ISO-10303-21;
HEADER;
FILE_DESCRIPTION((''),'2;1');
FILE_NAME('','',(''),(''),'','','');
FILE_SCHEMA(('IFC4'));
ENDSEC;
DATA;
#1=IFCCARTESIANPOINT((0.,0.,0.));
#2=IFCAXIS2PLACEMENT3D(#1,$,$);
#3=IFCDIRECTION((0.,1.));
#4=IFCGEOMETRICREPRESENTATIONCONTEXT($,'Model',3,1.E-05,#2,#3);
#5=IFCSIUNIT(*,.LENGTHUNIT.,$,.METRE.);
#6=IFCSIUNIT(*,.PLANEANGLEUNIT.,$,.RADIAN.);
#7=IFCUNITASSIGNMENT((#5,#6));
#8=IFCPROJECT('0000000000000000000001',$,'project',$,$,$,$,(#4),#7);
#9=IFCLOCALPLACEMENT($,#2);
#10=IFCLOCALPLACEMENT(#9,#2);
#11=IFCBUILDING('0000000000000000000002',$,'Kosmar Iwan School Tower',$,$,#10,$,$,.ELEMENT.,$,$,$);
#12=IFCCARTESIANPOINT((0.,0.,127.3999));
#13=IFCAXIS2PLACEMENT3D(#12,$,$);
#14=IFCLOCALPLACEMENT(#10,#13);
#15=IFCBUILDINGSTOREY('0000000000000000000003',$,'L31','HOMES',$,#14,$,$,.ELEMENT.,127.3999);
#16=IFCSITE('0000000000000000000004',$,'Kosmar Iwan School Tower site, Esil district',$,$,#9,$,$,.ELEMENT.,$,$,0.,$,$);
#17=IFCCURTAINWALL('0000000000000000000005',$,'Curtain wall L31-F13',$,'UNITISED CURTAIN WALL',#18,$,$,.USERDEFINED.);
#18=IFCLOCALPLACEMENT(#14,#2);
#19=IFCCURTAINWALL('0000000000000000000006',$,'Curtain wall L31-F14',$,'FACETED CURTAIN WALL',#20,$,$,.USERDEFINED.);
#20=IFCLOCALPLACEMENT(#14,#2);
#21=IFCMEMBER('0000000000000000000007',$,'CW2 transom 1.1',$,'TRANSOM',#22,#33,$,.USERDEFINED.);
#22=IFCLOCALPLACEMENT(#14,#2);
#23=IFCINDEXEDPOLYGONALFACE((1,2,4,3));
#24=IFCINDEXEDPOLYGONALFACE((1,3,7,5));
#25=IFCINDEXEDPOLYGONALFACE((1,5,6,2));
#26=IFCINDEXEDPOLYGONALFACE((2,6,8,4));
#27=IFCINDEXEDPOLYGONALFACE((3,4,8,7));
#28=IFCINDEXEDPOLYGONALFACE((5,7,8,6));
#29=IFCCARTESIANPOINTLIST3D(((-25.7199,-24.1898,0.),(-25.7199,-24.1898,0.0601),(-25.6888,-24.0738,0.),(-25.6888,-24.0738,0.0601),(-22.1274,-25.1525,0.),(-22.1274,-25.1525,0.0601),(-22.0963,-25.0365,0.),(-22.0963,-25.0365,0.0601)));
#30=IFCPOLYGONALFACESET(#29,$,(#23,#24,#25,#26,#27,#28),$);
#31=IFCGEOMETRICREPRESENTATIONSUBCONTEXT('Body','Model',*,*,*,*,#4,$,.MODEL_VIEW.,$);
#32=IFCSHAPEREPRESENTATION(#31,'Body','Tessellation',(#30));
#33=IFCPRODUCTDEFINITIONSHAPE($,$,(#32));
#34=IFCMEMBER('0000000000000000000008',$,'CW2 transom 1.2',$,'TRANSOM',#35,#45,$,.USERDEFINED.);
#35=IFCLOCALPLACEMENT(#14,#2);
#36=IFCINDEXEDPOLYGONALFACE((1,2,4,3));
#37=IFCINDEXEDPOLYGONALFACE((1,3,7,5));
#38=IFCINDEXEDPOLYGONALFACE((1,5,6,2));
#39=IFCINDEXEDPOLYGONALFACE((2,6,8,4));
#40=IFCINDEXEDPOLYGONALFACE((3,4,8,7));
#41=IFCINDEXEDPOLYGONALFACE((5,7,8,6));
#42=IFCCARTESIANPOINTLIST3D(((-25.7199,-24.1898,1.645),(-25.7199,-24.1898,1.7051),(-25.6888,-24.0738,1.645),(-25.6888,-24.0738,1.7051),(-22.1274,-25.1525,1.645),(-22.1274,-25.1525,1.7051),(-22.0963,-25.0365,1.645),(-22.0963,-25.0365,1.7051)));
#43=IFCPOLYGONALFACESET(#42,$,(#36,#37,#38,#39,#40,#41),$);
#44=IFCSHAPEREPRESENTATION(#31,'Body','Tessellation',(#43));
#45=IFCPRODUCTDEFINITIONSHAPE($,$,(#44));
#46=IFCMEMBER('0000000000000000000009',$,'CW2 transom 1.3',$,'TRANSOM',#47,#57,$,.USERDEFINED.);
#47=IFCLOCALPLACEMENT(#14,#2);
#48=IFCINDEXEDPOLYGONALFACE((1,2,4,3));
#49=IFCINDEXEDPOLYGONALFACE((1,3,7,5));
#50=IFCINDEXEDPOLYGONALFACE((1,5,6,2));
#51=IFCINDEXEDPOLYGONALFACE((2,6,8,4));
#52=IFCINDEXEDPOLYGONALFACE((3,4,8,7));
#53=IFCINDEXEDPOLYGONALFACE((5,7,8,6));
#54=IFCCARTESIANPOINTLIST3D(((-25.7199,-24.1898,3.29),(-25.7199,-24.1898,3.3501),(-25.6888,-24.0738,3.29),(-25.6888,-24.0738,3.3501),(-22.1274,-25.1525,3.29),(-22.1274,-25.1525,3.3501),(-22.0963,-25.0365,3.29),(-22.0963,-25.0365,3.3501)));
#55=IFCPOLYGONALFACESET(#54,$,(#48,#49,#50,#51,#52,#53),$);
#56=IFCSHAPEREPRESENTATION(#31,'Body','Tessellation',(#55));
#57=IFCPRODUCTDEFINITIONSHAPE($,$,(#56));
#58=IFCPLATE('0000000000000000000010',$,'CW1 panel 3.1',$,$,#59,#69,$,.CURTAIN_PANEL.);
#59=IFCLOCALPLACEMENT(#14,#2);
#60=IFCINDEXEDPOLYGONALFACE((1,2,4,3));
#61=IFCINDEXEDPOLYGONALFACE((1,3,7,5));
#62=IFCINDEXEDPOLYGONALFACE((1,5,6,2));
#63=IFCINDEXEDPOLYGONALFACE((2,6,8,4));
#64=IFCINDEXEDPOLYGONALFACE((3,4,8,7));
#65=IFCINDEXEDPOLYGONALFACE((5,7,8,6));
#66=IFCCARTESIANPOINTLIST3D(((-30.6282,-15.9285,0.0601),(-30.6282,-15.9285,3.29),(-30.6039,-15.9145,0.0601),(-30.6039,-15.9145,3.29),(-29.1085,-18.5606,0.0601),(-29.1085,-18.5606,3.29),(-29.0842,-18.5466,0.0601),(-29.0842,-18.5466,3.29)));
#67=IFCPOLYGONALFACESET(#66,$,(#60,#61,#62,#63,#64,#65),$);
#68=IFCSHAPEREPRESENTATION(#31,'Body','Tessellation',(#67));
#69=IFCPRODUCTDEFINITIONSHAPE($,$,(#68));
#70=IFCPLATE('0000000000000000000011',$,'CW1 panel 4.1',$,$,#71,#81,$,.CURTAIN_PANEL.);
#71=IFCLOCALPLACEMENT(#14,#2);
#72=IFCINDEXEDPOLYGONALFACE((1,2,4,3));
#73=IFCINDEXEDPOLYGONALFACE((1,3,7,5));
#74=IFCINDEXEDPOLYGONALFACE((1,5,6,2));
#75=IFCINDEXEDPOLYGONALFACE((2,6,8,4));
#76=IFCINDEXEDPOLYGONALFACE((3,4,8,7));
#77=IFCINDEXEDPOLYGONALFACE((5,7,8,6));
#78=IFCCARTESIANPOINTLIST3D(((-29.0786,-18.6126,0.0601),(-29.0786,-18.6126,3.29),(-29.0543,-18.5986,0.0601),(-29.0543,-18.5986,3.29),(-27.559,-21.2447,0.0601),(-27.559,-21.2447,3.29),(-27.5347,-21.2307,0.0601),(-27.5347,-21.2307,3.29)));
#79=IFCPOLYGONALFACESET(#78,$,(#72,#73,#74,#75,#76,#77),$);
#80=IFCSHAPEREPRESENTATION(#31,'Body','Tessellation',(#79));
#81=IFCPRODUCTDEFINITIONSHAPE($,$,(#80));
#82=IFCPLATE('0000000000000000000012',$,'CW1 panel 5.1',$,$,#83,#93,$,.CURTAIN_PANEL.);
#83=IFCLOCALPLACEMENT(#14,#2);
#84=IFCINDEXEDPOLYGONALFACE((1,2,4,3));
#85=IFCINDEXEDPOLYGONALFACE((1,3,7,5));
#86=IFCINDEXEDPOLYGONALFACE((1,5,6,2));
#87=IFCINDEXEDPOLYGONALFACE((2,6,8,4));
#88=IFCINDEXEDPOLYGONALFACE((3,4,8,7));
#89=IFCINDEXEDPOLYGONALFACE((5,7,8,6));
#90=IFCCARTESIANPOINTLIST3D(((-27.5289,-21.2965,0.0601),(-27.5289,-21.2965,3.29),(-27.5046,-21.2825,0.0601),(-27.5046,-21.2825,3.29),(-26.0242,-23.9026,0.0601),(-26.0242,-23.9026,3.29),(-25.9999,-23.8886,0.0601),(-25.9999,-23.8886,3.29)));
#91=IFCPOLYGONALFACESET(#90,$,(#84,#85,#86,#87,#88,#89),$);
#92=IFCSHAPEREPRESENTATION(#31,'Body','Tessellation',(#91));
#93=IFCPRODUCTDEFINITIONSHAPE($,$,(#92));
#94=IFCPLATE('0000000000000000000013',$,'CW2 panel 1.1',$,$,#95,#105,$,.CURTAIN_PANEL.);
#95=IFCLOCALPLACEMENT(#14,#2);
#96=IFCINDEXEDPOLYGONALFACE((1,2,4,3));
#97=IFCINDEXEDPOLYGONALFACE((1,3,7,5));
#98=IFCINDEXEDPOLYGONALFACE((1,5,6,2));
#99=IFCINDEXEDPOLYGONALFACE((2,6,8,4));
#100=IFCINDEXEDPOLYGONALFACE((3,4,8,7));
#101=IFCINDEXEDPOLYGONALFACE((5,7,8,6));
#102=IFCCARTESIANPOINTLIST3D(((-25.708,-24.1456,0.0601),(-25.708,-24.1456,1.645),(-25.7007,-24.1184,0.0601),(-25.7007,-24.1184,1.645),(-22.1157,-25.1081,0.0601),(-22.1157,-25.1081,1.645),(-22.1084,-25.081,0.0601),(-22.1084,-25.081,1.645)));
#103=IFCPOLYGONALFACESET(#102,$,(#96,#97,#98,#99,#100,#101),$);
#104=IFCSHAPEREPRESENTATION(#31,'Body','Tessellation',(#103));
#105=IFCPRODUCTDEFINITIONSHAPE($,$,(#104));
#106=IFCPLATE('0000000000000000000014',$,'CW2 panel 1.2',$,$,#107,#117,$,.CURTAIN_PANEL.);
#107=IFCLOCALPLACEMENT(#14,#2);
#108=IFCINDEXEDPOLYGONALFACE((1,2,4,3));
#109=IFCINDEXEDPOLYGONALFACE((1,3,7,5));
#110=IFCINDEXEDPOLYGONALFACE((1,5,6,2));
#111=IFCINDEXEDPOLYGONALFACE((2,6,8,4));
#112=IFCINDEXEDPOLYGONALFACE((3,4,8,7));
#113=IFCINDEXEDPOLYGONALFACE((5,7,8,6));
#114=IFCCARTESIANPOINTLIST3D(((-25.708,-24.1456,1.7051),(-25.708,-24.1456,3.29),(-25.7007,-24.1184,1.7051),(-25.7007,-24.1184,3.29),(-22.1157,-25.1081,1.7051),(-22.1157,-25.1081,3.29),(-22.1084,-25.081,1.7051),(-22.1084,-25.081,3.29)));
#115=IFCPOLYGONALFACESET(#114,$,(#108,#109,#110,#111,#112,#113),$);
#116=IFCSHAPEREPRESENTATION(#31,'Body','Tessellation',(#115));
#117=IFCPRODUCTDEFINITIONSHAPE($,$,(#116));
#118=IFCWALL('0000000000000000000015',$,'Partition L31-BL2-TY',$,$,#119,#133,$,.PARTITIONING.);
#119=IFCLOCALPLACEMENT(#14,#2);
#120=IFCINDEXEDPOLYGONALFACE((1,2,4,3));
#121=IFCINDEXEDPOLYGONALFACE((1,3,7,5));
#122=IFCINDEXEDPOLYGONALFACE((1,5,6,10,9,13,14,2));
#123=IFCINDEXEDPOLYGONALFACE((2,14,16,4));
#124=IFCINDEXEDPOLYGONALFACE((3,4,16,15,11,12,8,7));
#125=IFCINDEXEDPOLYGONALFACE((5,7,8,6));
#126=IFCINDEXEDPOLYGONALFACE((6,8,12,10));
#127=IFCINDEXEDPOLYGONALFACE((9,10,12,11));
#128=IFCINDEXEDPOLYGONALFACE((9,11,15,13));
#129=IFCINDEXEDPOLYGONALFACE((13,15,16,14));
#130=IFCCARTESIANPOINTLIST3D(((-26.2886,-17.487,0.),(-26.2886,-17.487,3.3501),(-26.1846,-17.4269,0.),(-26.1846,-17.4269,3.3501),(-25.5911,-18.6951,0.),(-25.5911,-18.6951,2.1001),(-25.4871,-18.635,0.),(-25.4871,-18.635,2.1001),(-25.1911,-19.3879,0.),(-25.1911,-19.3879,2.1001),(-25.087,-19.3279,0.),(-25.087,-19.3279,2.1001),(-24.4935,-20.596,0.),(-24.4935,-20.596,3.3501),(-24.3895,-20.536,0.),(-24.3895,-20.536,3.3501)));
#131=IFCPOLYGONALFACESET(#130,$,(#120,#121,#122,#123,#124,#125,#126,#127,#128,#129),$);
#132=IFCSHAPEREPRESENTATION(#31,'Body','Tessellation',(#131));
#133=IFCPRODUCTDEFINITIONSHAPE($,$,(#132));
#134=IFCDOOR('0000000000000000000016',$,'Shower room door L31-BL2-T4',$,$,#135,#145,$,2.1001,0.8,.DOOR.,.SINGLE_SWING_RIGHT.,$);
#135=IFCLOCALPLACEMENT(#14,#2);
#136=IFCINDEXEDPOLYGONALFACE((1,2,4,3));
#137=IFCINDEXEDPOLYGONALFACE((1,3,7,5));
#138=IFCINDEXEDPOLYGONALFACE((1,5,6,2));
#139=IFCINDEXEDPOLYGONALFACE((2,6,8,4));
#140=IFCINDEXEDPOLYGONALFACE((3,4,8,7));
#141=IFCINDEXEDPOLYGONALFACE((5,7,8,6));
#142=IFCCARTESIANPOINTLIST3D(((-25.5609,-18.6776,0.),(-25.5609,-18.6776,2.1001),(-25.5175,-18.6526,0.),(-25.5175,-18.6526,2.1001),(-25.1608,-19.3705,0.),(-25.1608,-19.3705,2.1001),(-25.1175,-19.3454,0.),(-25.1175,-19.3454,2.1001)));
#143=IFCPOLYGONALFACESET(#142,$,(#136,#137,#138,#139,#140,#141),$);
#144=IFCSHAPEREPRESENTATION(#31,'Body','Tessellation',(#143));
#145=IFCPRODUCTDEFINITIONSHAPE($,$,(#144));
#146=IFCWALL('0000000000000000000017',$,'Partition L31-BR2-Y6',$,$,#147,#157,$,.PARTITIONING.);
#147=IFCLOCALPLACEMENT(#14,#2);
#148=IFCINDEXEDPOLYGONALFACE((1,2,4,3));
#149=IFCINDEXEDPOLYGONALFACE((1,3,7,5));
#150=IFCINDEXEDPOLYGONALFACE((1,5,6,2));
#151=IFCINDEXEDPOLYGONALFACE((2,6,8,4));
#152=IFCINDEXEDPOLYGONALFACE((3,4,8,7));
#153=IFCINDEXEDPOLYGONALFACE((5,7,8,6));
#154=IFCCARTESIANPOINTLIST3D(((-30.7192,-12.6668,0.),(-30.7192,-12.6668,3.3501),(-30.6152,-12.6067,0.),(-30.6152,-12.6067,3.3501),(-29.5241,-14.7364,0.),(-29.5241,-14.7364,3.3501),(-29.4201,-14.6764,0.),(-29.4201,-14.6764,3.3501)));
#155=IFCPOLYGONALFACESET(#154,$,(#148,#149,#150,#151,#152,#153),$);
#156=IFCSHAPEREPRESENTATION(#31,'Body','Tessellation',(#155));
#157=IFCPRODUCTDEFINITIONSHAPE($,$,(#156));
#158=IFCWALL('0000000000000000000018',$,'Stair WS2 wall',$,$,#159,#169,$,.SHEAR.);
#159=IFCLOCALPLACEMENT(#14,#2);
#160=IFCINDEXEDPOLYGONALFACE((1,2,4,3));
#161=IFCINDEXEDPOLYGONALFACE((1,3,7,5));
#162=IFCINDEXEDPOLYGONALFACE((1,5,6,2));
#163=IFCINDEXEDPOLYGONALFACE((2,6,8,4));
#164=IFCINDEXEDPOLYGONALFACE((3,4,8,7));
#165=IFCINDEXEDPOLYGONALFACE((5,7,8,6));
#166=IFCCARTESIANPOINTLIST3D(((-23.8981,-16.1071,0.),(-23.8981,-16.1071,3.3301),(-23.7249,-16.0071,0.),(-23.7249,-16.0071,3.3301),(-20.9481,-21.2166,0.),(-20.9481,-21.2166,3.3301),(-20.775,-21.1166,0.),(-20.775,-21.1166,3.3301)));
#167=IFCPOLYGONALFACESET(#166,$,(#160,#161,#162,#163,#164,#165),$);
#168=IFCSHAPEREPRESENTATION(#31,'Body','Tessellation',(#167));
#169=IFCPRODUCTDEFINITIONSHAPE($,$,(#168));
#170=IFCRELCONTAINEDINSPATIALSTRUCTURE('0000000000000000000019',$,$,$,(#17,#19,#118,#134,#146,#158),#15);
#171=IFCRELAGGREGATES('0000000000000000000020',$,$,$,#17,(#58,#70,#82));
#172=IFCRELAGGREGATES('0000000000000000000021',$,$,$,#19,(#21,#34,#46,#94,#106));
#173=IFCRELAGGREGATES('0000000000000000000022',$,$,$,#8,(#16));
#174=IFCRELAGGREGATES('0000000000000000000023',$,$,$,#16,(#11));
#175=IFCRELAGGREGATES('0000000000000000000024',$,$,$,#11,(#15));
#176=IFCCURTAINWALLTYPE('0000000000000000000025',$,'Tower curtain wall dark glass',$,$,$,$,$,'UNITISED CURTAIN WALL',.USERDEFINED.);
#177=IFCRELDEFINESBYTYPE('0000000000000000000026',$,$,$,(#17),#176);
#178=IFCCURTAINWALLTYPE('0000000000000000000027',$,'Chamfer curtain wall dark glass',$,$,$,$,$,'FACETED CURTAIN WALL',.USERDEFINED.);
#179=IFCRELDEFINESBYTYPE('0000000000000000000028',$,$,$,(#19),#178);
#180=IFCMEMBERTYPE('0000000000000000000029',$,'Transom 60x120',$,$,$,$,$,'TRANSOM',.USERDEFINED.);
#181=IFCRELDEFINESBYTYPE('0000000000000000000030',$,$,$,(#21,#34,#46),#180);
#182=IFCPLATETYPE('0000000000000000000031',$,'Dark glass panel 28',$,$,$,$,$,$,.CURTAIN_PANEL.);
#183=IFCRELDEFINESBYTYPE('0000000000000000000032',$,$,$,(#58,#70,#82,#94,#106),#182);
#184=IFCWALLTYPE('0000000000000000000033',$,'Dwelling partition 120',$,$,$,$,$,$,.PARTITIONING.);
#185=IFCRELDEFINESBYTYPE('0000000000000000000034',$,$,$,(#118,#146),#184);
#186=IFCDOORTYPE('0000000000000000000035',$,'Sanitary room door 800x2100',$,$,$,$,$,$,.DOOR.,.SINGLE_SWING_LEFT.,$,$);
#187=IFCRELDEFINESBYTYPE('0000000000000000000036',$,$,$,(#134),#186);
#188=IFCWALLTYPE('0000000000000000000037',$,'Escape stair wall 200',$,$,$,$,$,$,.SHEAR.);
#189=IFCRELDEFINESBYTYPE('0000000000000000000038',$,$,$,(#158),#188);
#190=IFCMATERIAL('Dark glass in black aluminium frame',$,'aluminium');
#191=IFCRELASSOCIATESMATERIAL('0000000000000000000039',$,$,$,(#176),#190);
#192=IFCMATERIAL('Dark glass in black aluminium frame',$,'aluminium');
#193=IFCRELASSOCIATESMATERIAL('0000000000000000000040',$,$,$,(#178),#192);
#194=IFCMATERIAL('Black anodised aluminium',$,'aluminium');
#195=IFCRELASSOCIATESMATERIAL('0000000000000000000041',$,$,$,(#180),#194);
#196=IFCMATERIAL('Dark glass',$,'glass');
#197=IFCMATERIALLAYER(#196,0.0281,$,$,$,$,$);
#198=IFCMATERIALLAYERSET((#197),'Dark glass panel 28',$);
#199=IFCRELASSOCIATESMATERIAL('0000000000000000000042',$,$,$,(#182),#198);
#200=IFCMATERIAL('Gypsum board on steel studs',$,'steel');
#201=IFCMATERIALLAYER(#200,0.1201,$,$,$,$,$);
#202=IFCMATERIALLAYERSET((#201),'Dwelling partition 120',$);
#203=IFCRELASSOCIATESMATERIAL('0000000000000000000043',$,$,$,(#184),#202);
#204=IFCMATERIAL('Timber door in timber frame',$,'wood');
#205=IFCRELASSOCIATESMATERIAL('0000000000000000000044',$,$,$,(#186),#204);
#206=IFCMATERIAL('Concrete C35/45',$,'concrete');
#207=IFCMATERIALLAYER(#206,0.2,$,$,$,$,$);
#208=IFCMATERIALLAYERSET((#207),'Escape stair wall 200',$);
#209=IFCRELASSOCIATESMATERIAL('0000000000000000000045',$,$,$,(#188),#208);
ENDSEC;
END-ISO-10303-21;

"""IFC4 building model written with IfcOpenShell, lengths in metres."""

from ifc_helpers import new_model, si_unit, direction, frame, frame_2d, origin, origin_2d, place, context, subcontext, project, spatial, rectangle, extrude, material, layer, layer_set, material_profile, profile_set, type_object, element, fill, aggregate, save


model = new_model("IFC4")

# Units and contexts
model_context = context("Model", 3, precision=1e-05, world=origin(), true_north=direction((0.0, 1.0)))
body_context = subcontext(model_context, "Body", "Model", "MODEL_VIEW")
ifc_project = project(units=[si_unit("LENGTHUNIT", "METRE"), si_unit("PLANEANGLEUNIT", "RADIAN")], contexts=[model_context])

# Site, building, storey
site_placement = place(None, origin())
site = spatial("IfcSite", under=ifc_project, at=site_placement, Name="Kosmar Iwan School Tower site, Esil district", CompositionType="ELEMENT", RefElevation=0.0)
building_placement = place(site_placement, origin())
building = spatial("IfcBuilding", under=site, at=building_placement, Name="Kosmar Iwan School Tower", CompositionType="ELEMENT")
storey_placement = place(building_placement, frame((0.0, 0.0, 127.3999)))
storey = spatial("IfcBuildingStorey", under=building, at=storey_placement, Name="L31", Description="HOMES", CompositionType="ELEMENT", Elevation=127.3999)

# Curtain wall
ifc_material_1 = material(Name="Dark glass in black aluminium frame", Category="aluminium")
curtain_wall_type_1 = type_object("IfcCurtainWallType", Name="Tower curtain wall dark glass", ElementType="UNITISED CURTAIN WALL", PredefinedType="USERDEFINED", material=ifc_material_1)
curtain_wall_1_placement = place(storey_placement, origin())
curtain_wall_1 = element("IfcCurtainWall", 1, at=curtain_wall_1_placement, inside=storey, type_object=curtain_wall_type_1, Name="Curtain wall L31-F13", ObjectType="UNITISED CURTAIN WALL", PredefinedType="USERDEFINED")

# Curtain wall
ifc_material_2 = material(Name="Dark glass in black aluminium frame", Category="aluminium")
curtain_wall_type_2 = type_object("IfcCurtainWallType", Name="Chamfer curtain wall dark glass", ElementType="FACETED CURTAIN WALL", PredefinedType="USERDEFINED", material=ifc_material_2)
curtain_wall_2_placement = place(storey_placement, origin())
curtain_wall_2 = element("IfcCurtainWall", 2, at=curtain_wall_2_placement, inside=storey, type_object=curtain_wall_type_2, Name="Curtain wall L31-F14", ObjectType="FACETED CURTAIN WALL", PredefinedType="USERDEFINED")

# Members
ifc_material_3 = material(Name="Black anodised aluminium", Category="aluminium")
ifc_material_profile_1 = material_profile(ifc_material_3, rectangle(XDim=0.1201, YDim=0.0601, at=origin_2d()), Name="TRANSOM 60x120")
ifc_profile_set_1 = profile_set([ifc_material_profile_1], Name="Black anodised aluminium")
member_type_1 = type_object("IfcMemberType", Name="Transom 60x120", ElementType="TRANSOM", PredefinedType="USERDEFINED", material=ifc_profile_set_1)
member_1_placement = place(storey_placement, frame((-25.7043, -24.1318, 0.03), z_axis=(0.965924, -0.258827, 0.0), x_axis=(0.258827, 0.965924, 0.0)))
member_1 = element("IfcMember", 3, at=member_1_placement, type_object=member_type_1, Name="CW2 transom 1.1", ObjectType="TRANSOM", PredefinedType="USERDEFINED", context=body_context, shape_type="SweptSolid", body=[
    extrude(rectangle(XDim=0.1201, YDim=0.0601, at=origin_2d()), origin(), (0.0, 0.0, 1.0), 3.7192),
])
member_2_placement = place(storey_placement, frame((-25.7043, -24.1318, 1.675), z_axis=(0.965924, -0.258827, 0.0), x_axis=(0.258827, 0.965924, 0.0)))
member_2 = element("IfcMember", 4, at=member_2_placement, type_object=member_type_1, Name="CW2 transom 1.2", ObjectType="TRANSOM", PredefinedType="USERDEFINED", context=body_context, shape_type="SweptSolid", body=[
    extrude(rectangle(XDim=0.1201, YDim=0.0601, at=origin_2d()), origin(), (0.0, 0.0, 1.0), 3.7192),
])
member_3_placement = place(storey_placement, frame((-25.7043, -24.1318, 3.3201), z_axis=(0.965924, -0.258827, 0.0), x_axis=(0.258827, 0.965924, 0.0)))
member_3 = element("IfcMember", 5, at=member_3_placement, type_object=member_type_1, Name="CW2 transom 1.3", ObjectType="TRANSOM", PredefinedType="USERDEFINED", context=body_context, shape_type="SweptSolid", body=[
    extrude(rectangle(XDim=0.1201, YDim=0.0601, at=origin_2d()), origin(), (0.0, 0.0, 1.0), 3.7192),
])

# Plates
ifc_material_4 = material(Name="Dark glass", Category="glass")
ifc_layer_1 = layer(ifc_material_4, 0.0281)
ifc_layer_set_1 = layer_set([ifc_layer_1], Name="Dark glass panel 28")
plate_type = type_object("IfcPlateType", Name="Dark glass panel 28", PredefinedType="CURTAIN_PANEL", material=ifc_layer_set_1)
plate_1_placement = place(storey_placement, frame((-29.8562, -17.2375, 0.0601), z_axis=(0.0, 0.0, 1.0), x_axis=(0.5, -0.866025, 0.0)))
plate_1 = element("IfcPlate", 6, at=plate_1_placement, type_object=plate_type, Name="CW1 panel 3.1", PredefinedType="CURTAIN_PANEL", context=body_context, shape_type="SweptSolid", body=[
    extrude(rectangle(XDim=3.0393, YDim=0.0281, at=origin_2d()), origin(), (0.0, 0.0, 1.0), 3.23),
])
plate_2_placement = place(storey_placement, frame((-28.3066, -19.9216, 0.0601), z_axis=(0.0, 0.0, 1.0), x_axis=(0.5, -0.866025, 0.0)))
plate_2 = element("IfcPlate", 7, at=plate_2_placement, type_object=plate_type, Name="CW1 panel 4.1", PredefinedType="CURTAIN_PANEL", context=body_context, shape_type="SweptSolid", body=[
    extrude(rectangle(XDim=3.0393, YDim=0.0281, at=origin_2d()), origin(), (0.0, 0.0, 1.0), 3.23),
])
plate_3_placement = place(storey_placement, frame((-26.7644, -22.5925, 0.0601), z_axis=(0.0, 0.0, 1.0), x_axis=(0.5, -0.866025, 0.0)))
plate_3 = element("IfcPlate", 8, at=plate_3_placement, type_object=plate_type, Name="CW1 panel 5.1", PredefinedType="CURTAIN_PANEL", context=body_context, shape_type="SweptSolid", body=[
    extrude(rectangle(XDim=3.0093, YDim=0.0281, at=origin_2d()), origin(), (0.0, 0.0, 1.0), 3.23),
])
aggregate(curtain_wall_1, [plate_1, plate_2, plate_3])
plate_4_placement = place(storey_placement, frame((-23.9082, -24.6133, 0.0601), z_axis=(0.0, 0.0, 1.0), x_axis=(0.965926, -0.258819, 0.0)))
plate_4 = element("IfcPlate", 9, at=plate_4_placement, type_object=plate_type, Name="CW2 panel 1.1", PredefinedType="CURTAIN_PANEL", context=body_context, shape_type="SweptSolid", body=[
    extrude(rectangle(XDim=3.719, YDim=0.0281, at=origin_2d()), origin(), (0.0, 0.0, 1.0), 1.585),
])
plate_5_placement = place(storey_placement, frame((-23.9082, -24.6133, 1.7051), z_axis=(0.0, 0.0, 1.0), x_axis=(0.965926, -0.258819, 0.0)))
plate_5 = element("IfcPlate", 10, at=plate_5_placement, type_object=plate_type, Name="CW2 panel 1.2", PredefinedType="CURTAIN_PANEL", context=body_context, shape_type="SweptSolid", body=[
    extrude(rectangle(XDim=3.719, YDim=0.0281, at=origin_2d()), origin(), (0.0, 0.0, 1.0), 1.585),
])
aggregate(curtain_wall_2, [member_1, member_2, member_3, plate_4, plate_5])

# Wall, opening, door
ifc_material_5 = material(Name="Gypsum board on steel studs", Category="steel")
ifc_layer_2 = layer(ifc_material_5, 0.1201)
ifc_layer_set_2 = layer_set([ifc_layer_2], Name="Dwelling partition 120")
wall_type_1 = type_object("IfcWallType", Name="Dwelling partition 120", PredefinedType="PARTITIONING", material=ifc_layer_set_2)
wall_1_placement = place(storey_placement, frame((-26.2366, -17.457, 0.0), z_axis=(0.0, 0.0, 1.0), x_axis=(0.500023, -0.866012, 0.0)))
wall_1 = element("IfcWall", 11, at=wall_1_placement, inside=storey, type_object=wall_type_1, Name="Partition L31-BL2-TY", PredefinedType="PARTITIONING", context=body_context, shape_type="SweptSolid", body=[
    extrude(rectangle(XDim=3.5901, YDim=0.1201, at=frame_2d((1.7949, 0.0))), origin(), (0.0, 0.0, 1.0), 3.3501),
])
opening_placement = place(wall_1_placement, frame((1.395, 0.0, 0.0)))
opening = element("IfcOpeningElement", 12, at=opening_placement, cuts=wall_1, PredefinedType="OPENING", context=body_context, shape_type="SweptSolid", body=[
    extrude(rectangle(XDim=0.8, YDim=2.1001, at=frame_2d((0.3999, 1.05))), frame((0.0, 0.072, 0.0), z_axis=(0.0, -1.0, 0.0), x_axis=(1.0, 0.0, 0.0)), (0.0, 0.0, 1.0), 0.144),
])
ifc_material_6 = material(Name="Timber door in timber frame", Category="wood")
door_type = type_object("IfcDoorType", Name="Sanitary room door 800x2100", OperationType="SINGLE_SWING_LEFT", PredefinedType="DOOR", material=ifc_material_6)
door_placement = place(opening_placement, origin())
door = element("IfcDoor", 13, at=door_placement, inside=storey, type_object=door_type, Name="Shower room door L31-BL2-T4", OperationType="SINGLE_SWING_RIGHT", OverallHeight=2.1001, OverallWidth=0.8, PredefinedType="DOOR", context=body_context, shape_type="SweptSolid", body=[
    extrude(rectangle(XDim=0.8, YDim=2.1001, at=frame_2d((0.3999, 1.05))), frame((0.0, 0.0249, 0.0), z_axis=(0.0, -1.0, 0.0), x_axis=(1.0, 0.0, 0.0)), (0.0, 0.0, 1.0), 0.05),
])
fill(opening, door)

# Walls
wall_2_placement = place(storey_placement, frame((-29.4722, -14.7063, 0.0), z_axis=(0.0, 0.0, 1.0), x_axis=(-0.500061, 0.86599, 0.0)))
element("IfcWall", 14, at=wall_2_placement, inside=storey, type_object=wall_type_1, Name="Partition L31-BR2-Y6", PredefinedType="PARTITIONING", context=body_context, shape_type="SweptSolid", body=[
    extrude(rectangle(XDim=2.3899, YDim=0.1201, at=frame_2d((1.1948, 0.0))), origin(), (0.0, 0.0, 1.0), 3.3501),
])
ifc_material_7 = material(Name="Concrete C35/45", Category="concrete")
ifc_layer_3 = layer(ifc_material_7, 0.2)
ifc_layer_set_3 = layer_set([ifc_layer_3], Name="Escape stair wall 200")
wall_type_2 = type_object("IfcWallType", Name="Escape stair wall 200", PredefinedType="SHEAR", material=ifc_layer_set_3)
wall_3_placement = place(storey_placement, frame((-23.8115, -16.0571, 0.0), z_axis=(0.0, 0.0, 1.0), x_axis=(0.500007, -0.866022, 0.0)))
element("IfcWall", 15, at=wall_3_placement, inside=storey, type_object=wall_type_2, Name="Stair WS2 wall", PredefinedType="SHEAR", context=body_context, shape_type="SweptSolid", body=[
    extrude(rectangle(XDim=5.8999, YDim=0.2, at=frame_2d((2.95, 0.0))), origin(), (0.0, 0.0, 1.0), 3.3301),
])

save(model, "model.ifc")
